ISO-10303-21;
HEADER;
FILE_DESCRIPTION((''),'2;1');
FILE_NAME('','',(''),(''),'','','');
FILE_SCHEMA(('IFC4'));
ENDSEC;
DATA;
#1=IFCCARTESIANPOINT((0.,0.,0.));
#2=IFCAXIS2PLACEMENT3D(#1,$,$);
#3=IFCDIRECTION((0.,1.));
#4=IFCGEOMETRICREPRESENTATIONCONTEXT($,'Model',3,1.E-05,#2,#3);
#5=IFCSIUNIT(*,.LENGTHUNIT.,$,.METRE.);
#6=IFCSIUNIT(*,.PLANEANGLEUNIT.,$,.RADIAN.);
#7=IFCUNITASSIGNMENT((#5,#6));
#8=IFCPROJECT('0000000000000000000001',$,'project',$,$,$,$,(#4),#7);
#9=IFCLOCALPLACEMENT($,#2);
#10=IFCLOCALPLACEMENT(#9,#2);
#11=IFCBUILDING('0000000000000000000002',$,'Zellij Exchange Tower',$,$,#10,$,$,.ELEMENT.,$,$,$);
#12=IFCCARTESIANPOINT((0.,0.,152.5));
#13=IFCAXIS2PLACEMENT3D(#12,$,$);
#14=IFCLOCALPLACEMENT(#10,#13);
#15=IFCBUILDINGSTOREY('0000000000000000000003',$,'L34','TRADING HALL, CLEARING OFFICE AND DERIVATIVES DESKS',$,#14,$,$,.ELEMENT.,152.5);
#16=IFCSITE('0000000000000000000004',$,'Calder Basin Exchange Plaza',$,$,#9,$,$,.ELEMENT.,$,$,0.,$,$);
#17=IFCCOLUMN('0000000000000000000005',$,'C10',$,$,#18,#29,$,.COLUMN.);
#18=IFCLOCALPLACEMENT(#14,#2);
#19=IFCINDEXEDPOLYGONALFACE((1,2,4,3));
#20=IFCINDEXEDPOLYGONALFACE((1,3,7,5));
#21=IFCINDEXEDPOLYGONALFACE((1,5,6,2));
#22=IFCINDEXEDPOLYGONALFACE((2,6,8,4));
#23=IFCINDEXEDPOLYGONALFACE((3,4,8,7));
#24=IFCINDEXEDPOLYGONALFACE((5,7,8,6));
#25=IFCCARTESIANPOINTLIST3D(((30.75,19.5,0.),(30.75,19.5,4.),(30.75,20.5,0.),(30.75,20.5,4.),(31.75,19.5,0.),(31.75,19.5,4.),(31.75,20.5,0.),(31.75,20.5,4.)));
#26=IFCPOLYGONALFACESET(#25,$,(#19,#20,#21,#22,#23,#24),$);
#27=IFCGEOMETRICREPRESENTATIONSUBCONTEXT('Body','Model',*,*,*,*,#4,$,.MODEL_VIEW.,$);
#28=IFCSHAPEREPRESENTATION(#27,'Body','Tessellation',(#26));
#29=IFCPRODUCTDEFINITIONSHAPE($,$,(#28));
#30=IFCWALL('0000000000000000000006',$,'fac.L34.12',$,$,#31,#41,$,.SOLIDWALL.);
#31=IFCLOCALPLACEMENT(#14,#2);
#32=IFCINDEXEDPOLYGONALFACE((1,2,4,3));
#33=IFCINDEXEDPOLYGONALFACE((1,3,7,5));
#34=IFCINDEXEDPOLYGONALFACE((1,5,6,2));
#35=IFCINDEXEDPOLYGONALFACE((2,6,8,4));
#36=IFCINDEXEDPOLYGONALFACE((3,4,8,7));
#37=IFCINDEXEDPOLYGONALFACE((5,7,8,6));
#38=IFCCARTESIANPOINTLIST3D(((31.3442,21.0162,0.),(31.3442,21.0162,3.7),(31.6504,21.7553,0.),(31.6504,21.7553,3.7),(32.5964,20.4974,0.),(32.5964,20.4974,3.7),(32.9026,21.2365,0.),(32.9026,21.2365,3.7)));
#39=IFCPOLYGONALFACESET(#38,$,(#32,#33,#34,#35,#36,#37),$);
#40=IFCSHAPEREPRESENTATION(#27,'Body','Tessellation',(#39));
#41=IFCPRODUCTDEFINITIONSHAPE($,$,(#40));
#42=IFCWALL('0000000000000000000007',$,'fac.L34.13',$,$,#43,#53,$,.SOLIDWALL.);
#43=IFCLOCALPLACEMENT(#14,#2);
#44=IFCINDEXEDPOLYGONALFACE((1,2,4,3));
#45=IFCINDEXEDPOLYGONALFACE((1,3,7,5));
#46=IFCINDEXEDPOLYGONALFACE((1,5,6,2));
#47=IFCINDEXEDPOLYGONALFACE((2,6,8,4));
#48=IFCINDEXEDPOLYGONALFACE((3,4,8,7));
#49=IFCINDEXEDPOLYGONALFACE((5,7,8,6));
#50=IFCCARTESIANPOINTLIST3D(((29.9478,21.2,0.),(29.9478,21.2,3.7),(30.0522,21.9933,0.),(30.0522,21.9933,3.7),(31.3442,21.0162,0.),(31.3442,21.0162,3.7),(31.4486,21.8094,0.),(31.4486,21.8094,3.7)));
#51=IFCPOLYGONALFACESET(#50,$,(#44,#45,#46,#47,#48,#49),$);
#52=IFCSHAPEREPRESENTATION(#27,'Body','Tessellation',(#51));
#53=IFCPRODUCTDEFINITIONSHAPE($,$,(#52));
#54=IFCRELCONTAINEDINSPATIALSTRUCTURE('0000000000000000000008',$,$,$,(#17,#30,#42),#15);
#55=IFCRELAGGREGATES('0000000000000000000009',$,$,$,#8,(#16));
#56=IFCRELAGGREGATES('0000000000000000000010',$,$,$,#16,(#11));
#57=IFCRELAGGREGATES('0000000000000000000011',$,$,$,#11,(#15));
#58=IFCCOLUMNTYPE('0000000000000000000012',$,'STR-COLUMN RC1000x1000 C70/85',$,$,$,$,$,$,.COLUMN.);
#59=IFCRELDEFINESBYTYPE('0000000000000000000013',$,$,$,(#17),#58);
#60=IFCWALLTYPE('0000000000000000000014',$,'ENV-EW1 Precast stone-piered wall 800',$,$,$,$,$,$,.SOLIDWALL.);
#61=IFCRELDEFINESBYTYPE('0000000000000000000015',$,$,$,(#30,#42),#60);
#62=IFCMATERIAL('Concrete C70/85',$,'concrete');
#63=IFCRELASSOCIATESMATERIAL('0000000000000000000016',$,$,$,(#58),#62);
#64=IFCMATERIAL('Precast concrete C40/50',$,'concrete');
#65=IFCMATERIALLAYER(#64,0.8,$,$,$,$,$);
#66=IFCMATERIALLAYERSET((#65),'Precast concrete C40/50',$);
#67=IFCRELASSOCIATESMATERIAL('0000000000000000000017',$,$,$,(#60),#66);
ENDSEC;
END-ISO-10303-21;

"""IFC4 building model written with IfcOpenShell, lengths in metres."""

from ifc_helpers import new_model, si_unit, direction, frame, frame_2d, origin, origin_2d, place, context, subcontext, project, spatial, rectangle, extrude, material, layer, layer_set, material_profile, profile_set, type_object, element, save


model = new_model("IFC4")

# Units and contexts
model_context = context("Model", 3, precision=1e-05, world=origin(), true_north=direction((0.0, 1.0)))
body_context = subcontext(model_context, "Body", "Model", "MODEL_VIEW")
ifc_project = project(units=[si_unit("LENGTHUNIT", "METRE"), si_unit("PLANEANGLEUNIT", "RADIAN")], contexts=[model_context])

# Site, building, storey
site_placement = place(None, origin())
site = spatial("IfcSite", under=ifc_project, at=site_placement, Name="Calder Basin Exchange Plaza", CompositionType="ELEMENT", RefElevation=0.0)
building_placement = place(site_placement, origin())
building = spatial("IfcBuilding", under=site, at=building_placement, Name="Zellij Exchange Tower", CompositionType="ELEMENT")
storey_placement = place(building_placement, frame((0.0, 0.0, 152.5)))
storey = spatial("IfcBuildingStorey", under=building, at=storey_placement, Name="L34", Description="TRADING HALL, CLEARING OFFICE AND DERIVATIVES DESKS", CompositionType="ELEMENT", Elevation=152.5)

# Column
ifc_material_1 = material(Name="Concrete C70/85", Category="concrete")
ifc_material_profile = material_profile(ifc_material_1, rectangle(XDim=1.0, YDim=1.0, at=origin_2d()), Name="STR-COLUMN RC1000x1000 C70/85")
ifc_profile_set = profile_set([ifc_material_profile], Name="Concrete C70/85")
column_type = type_object("IfcColumnType", Name="STR-COLUMN RC1000x1000 C70/85", PredefinedType="COLUMN", material=ifc_profile_set)
column_placement = place(storey_placement, frame((31.25, 20.0, 0.0), z_axis=(0.0, 0.0, 1.0), x_axis=(1.0, 0.0, 0.0)))
element("IfcColumn", 1, at=column_placement, inside=storey, type_object=column_type, Name="C10", PredefinedType="COLUMN", context=body_context, shape_type="SweptSolid", body=[
    extrude(rectangle(XDim=1.0, YDim=1.0, at=origin_2d()), origin(), (0.0, 0.0, 1.0), 4.0),
])

# Walls
ifc_material_2 = material(Name="Precast concrete C40/50", Category="concrete")
ifc_layer = layer(ifc_material_2, 0.8)
ifc_layer_set = layer_set([ifc_layer], Name="Precast concrete C40/50")
wall_type = type_object("IfcWallType", Name="ENV-EW1 Precast stone-piered wall 800", PredefinedType="SOLIDWALL", material=ifc_layer_set)
wall_1_placement = place(storey_placement, frame((32.7495, 20.8669, 0.0), z_axis=(0.0, 0.0, 1.0), x_axis=(-0.923848, 0.38276, 0.0)))
element("IfcWall", 2, at=wall_1_placement, inside=storey, type_object=wall_type, Name="fac.L34.12", PredefinedType="SOLIDWALL", context=body_context, shape_type="SweptSolid", body=[
    extrude(rectangle(XDim=1.3555, YDim=0.8, at=frame_2d((0.6777, 0.0))), origin(), (0.0, 0.0, 1.0), 3.7),
])
wall_2_placement = place(storey_placement, frame((31.3962, 21.4128, 0.0), z_axis=(0.0, 0.0, 1.0), x_axis=(-0.991446, 0.130517, 0.0)))
element("IfcWall", 3, at=wall_2_placement, inside=storey, type_object=wall_type, Name="fac.L34.13", PredefinedType="SOLIDWALL", context=body_context, shape_type="SweptSolid", body=[
    extrude(rectangle(XDim=1.4084, YDim=0.8, at=frame_2d((0.7041, 0.0))), origin(), (0.0, 0.0, 1.0), 3.7),
])

save(model, "model.ifc")
